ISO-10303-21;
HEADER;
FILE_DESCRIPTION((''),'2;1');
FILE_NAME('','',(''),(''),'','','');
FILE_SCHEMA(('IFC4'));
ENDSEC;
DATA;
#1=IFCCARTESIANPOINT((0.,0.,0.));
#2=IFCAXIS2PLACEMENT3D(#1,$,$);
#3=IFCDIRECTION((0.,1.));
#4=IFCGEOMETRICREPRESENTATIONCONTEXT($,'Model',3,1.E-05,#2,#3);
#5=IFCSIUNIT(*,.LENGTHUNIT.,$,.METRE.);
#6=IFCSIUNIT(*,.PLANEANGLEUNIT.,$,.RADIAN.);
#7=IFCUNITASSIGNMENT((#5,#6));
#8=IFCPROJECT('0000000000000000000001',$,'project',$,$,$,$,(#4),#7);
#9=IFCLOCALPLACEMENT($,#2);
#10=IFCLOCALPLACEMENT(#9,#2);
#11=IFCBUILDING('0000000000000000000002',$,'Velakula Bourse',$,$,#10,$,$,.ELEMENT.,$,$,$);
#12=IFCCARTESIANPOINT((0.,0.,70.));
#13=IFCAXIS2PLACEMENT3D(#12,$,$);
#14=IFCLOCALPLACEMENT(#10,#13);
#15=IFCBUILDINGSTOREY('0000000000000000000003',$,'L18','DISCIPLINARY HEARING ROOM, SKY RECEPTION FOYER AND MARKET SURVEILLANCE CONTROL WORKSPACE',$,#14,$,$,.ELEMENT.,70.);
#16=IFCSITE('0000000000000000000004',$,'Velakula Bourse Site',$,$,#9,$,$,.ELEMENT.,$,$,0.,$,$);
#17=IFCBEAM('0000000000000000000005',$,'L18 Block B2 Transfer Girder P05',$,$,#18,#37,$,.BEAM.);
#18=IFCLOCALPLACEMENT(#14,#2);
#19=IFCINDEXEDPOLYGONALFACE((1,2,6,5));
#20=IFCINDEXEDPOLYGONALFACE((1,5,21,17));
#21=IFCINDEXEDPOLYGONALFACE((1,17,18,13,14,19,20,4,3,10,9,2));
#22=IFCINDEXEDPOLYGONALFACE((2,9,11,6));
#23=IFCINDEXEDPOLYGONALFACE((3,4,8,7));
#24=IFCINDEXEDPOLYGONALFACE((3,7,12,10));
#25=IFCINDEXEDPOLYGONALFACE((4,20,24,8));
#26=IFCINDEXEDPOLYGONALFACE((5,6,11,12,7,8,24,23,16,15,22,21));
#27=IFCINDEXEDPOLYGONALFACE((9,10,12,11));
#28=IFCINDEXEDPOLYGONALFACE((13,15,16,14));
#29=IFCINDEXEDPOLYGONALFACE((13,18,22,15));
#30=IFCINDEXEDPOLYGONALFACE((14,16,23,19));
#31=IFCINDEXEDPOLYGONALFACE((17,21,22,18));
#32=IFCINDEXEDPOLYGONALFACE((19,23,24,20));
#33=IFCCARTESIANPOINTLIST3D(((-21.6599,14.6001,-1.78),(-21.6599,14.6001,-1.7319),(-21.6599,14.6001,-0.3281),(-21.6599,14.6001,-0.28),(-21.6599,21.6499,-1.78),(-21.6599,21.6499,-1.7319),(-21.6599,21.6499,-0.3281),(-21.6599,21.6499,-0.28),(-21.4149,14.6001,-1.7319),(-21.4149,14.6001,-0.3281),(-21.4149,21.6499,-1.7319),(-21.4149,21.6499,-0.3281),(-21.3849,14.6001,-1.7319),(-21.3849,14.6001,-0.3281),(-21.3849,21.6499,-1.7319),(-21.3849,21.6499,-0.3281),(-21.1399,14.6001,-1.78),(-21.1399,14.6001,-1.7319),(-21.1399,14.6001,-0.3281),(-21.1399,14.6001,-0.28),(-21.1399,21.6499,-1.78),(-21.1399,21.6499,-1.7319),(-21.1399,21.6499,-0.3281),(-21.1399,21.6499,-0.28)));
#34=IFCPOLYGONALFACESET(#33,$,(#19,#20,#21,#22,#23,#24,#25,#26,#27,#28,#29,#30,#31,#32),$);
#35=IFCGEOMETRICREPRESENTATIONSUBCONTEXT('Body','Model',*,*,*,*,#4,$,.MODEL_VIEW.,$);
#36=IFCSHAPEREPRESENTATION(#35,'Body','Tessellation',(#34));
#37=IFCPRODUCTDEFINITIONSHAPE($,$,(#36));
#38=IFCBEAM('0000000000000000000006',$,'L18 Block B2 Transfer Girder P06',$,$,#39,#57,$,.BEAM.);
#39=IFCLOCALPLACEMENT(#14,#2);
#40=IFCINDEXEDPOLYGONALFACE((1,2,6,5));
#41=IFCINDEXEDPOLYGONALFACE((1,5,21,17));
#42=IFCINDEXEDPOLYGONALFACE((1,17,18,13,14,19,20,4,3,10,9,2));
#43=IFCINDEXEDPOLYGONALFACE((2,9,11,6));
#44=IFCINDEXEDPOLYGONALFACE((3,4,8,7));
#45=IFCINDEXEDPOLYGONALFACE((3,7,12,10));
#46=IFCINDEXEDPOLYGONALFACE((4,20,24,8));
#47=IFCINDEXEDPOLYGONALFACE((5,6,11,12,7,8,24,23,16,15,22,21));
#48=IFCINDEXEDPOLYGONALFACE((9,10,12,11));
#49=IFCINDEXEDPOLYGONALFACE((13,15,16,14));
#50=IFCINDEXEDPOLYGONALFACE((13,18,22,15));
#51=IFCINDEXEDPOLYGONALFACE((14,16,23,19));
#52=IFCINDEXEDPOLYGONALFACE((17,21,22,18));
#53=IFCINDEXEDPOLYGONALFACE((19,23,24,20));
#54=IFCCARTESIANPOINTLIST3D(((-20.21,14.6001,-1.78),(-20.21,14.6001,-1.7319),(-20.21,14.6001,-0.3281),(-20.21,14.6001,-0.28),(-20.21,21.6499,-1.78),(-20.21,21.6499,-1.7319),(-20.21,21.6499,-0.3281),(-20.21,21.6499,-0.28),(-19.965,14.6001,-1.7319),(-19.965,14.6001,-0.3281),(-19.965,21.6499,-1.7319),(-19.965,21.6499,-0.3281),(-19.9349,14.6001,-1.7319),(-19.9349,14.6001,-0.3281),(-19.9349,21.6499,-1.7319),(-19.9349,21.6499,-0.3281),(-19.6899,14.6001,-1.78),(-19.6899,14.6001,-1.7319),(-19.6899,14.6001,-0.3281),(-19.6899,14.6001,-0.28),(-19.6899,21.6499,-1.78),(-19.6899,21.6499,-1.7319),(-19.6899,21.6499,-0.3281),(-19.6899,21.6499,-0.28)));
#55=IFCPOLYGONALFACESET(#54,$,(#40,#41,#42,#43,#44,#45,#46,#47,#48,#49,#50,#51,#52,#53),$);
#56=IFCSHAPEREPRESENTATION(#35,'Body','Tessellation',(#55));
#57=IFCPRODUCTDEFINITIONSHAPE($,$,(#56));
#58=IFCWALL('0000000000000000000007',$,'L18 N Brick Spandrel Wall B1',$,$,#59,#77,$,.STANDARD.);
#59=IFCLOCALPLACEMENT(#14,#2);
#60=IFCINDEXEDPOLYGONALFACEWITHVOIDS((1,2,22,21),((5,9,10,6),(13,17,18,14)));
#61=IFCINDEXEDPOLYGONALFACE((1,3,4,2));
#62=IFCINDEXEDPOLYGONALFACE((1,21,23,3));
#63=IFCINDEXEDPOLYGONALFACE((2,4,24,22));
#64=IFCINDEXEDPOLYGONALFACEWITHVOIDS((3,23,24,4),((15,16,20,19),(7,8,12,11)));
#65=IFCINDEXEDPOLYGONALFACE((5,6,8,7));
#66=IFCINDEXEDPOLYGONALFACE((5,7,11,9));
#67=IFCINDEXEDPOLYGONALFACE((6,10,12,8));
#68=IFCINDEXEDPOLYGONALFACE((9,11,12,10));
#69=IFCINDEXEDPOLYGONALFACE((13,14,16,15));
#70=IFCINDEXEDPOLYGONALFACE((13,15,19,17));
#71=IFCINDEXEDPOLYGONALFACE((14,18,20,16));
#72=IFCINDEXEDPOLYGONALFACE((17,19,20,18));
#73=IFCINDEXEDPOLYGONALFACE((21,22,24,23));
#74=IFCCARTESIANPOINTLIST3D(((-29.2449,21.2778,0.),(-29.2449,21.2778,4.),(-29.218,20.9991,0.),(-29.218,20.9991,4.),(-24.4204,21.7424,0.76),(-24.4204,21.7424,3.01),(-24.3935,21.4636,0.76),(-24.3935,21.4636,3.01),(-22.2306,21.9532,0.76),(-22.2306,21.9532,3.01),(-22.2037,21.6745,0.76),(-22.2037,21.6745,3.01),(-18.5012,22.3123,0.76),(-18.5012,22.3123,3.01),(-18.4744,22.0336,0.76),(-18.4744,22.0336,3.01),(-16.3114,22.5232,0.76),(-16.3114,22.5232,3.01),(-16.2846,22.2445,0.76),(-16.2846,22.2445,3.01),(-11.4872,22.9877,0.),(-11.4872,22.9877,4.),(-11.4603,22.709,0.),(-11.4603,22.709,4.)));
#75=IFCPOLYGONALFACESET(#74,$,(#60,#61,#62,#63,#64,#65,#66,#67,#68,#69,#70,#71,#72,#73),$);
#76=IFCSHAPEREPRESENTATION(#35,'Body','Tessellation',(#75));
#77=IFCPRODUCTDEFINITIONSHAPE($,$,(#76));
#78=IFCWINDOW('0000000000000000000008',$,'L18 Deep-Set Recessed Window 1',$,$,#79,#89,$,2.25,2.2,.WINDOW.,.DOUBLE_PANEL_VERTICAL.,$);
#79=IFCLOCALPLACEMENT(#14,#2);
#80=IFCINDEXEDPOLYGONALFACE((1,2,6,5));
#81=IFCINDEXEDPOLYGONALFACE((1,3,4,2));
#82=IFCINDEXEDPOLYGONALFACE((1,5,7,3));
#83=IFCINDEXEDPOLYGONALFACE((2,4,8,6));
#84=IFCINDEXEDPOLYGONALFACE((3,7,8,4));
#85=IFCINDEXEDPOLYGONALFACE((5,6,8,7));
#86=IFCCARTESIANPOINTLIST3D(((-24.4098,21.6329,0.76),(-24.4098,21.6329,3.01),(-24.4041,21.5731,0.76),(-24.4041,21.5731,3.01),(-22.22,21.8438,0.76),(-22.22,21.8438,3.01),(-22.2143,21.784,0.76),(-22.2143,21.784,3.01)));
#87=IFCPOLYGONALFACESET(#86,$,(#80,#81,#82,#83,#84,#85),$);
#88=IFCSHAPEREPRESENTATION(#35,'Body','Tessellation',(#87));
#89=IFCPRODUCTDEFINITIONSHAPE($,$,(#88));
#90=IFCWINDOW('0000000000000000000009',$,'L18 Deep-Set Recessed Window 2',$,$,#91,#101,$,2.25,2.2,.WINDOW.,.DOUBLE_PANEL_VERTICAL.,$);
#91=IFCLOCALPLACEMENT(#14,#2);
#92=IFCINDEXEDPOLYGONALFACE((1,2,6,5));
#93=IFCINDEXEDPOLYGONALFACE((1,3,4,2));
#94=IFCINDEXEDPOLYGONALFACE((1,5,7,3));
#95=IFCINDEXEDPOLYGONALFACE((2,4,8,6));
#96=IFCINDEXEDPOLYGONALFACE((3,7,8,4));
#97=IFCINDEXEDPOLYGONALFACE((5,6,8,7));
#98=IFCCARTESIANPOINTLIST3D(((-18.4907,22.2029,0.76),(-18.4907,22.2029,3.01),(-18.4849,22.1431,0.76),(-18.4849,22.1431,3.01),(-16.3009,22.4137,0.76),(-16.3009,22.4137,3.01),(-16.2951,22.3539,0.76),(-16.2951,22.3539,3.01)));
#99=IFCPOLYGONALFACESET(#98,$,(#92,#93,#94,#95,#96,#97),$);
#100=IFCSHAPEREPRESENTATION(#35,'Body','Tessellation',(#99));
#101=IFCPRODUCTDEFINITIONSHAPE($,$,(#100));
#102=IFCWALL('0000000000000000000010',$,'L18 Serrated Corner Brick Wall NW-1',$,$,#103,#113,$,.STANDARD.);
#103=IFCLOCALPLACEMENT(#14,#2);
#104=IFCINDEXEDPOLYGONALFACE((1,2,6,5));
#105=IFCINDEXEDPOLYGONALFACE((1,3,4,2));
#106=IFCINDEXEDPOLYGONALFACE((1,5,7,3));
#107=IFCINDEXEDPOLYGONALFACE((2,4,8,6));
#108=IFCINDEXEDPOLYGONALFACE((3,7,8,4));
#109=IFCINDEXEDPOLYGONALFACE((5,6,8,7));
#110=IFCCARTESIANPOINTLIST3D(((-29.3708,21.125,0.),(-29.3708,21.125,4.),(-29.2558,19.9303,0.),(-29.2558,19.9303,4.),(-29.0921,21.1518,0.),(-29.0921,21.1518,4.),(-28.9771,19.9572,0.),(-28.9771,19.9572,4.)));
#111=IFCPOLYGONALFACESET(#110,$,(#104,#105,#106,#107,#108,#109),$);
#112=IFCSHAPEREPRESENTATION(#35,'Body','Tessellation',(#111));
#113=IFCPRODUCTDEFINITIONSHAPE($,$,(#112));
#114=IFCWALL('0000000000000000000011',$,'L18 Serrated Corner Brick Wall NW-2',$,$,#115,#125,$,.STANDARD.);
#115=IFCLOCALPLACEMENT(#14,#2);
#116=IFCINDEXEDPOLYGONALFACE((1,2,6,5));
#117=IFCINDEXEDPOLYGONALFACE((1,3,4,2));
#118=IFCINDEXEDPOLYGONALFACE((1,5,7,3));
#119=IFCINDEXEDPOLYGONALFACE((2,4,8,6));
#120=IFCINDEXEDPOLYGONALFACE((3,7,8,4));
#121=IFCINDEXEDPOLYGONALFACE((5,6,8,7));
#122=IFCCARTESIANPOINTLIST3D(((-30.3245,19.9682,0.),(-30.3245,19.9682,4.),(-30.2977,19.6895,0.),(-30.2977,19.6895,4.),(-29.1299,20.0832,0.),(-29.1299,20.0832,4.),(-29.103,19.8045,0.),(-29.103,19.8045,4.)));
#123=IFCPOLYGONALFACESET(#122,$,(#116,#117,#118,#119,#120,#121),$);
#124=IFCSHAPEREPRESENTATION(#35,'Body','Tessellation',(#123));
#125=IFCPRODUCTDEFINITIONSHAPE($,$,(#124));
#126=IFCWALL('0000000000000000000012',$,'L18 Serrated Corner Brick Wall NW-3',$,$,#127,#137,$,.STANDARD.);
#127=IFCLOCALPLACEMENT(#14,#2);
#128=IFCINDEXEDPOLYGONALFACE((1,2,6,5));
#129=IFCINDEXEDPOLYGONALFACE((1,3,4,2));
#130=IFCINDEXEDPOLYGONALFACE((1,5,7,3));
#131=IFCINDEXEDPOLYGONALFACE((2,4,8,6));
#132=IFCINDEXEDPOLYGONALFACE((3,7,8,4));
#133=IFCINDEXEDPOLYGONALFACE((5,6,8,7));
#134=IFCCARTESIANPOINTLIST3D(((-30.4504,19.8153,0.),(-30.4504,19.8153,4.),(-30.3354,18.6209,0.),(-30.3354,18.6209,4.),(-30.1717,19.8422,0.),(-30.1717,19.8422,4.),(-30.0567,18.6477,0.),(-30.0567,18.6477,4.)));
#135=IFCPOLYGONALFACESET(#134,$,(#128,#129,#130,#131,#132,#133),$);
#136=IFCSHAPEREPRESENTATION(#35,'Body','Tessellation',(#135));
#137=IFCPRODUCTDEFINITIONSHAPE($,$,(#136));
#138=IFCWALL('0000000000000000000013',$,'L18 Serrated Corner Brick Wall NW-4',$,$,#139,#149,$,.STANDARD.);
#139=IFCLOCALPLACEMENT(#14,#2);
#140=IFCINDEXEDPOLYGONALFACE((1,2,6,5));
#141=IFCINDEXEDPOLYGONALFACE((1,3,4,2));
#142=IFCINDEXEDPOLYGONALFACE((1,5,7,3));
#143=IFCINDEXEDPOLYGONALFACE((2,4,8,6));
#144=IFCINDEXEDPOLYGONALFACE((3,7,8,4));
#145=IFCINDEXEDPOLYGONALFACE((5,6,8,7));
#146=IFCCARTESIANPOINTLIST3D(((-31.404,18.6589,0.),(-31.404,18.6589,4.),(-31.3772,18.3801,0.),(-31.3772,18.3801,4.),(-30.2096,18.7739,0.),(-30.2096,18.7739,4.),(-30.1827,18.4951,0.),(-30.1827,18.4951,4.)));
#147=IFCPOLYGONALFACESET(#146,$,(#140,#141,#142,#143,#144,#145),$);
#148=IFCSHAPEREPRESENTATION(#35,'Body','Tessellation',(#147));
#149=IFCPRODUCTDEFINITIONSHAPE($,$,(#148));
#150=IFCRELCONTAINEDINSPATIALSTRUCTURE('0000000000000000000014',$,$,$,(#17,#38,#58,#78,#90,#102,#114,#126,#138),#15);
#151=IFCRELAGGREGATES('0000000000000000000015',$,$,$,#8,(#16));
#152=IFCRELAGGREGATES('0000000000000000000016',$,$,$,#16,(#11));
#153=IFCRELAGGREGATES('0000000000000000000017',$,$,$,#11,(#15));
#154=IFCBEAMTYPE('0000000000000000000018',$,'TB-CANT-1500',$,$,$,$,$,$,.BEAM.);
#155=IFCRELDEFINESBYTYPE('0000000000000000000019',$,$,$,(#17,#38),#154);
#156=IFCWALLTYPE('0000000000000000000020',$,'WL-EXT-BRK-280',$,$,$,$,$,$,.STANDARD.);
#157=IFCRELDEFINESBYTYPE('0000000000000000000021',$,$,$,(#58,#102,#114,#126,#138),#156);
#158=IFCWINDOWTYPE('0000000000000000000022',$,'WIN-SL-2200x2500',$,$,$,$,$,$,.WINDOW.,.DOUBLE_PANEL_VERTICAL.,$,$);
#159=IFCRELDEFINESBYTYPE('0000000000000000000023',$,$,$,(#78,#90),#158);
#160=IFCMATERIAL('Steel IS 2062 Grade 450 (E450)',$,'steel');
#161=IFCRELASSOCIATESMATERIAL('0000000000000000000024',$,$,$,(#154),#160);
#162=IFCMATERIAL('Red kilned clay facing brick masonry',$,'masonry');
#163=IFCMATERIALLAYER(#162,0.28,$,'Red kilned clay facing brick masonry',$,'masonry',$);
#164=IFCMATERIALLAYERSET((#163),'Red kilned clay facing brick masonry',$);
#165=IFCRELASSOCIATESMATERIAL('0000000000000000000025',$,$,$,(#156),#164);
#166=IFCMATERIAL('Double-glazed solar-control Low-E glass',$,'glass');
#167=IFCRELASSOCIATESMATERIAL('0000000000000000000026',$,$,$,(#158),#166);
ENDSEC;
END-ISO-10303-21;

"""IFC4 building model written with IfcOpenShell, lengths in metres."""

from ifc_helpers import new_model, si_unit, direction, frame, frame_2d, origin, origin_2d, place, context, subcontext, project, spatial, rectangle, i_section, extrude, material, layer, layer_set, material_profile, profile_set, type_object, element, fill, save


model = new_model("IFC4")

# Units and contexts
model_context = context("Model", 3, precision=1e-05, world=origin(), true_north=direction((0.0, 1.0)))
body_context = subcontext(model_context, "Body", "Model", "MODEL_VIEW")
ifc_project = project(units=[si_unit("LENGTHUNIT", "METRE"), si_unit("PLANEANGLEUNIT", "RADIAN")], contexts=[model_context])

# Site, building, storey
site_placement = place(None, origin())
site = spatial("IfcSite", under=ifc_project, at=site_placement, Name="Velakula Bourse Site", CompositionType="ELEMENT", RefElevation=0.0)
building_placement = place(site_placement, origin())
building = spatial("IfcBuilding", under=site, at=building_placement, Name="Velakula Bourse", CompositionType="ELEMENT")
storey_placement = place(building_placement, frame((0.0, 0.0, 70.0)))
storey = spatial("IfcBuildingStorey", under=building, at=storey_placement, Name="L18", Description="DISCIPLINARY HEARING ROOM, SKY RECEPTION FOYER AND MARKET SURVEILLANCE CONTROL WORKSPACE", CompositionType="ELEMENT", Elevation=70.0)

# Shared definitions
ifc_material_1 = material(Name="Steel IS 2062 Grade 450 (E450)", Category="steel")

# Beams
ifc_material_profile_1 = material_profile(ifc_material_1, i_section(OverallWidth=0.52, OverallDepth=1.5, WebThickness=0.03, FlangeThickness=0.0481, at=origin_2d()), Name="Steel IS 2062 Grade 450 (E450)")
ifc_profile_set_1 = profile_set([ifc_material_profile_1], Name="Steel IS 2062 Grade 450 (E450)")
beam_type_1 = type_object("IfcBeamType", Name="TB-CANT-1500", PredefinedType="BEAM", material=ifc_profile_set_1)
for number, where, z_axis, x_axis, name in (
    (1, (-21.3999, 14.6001, -1.03), (0.0, 1.0, 0.0), (-1.0, 0.0, 0.0), "L18 Block B2 Transfer Girder P05"),
    (2, (-19.95, 14.6001, -1.03), (0.0, 1.0, 0.0), (-1.0, 0.0, 0.0), "L18 Block B2 Transfer Girder P06"),
):
    element("IfcBeam", number, at=place(storey_placement, frame(where, z_axis=z_axis, x_axis=x_axis)), inside=storey, type_object=beam_type_1, Name=name, PredefinedType="BEAM", context=body_context, shape_type="SweptSolid", body=[
        extrude(i_section(OverallWidth=0.52, OverallDepth=1.5, WebThickness=0.03, FlangeThickness=0.0481, at=origin_2d()), origin(), (0.0, 0.0, 1.0), 7.0498),
    ])

# Wall, openings, windows
ifc_material_2 = material(Name="Red kilned clay facing brick masonry", Category="masonry")
ifc_layer = layer(ifc_material_2, 0.28, Name="Red kilned clay facing brick masonry", Category="masonry")
ifc_layer_set = layer_set([ifc_layer], Name="Red kilned clay facing brick masonry")
wall_type = type_object("IfcWallType", Name="WL-EXT-BRK-280", PredefinedType="STANDARD", material=ifc_layer_set)
wall_placement = place(storey_placement, frame((-29.2314, 21.1384, 0.0), z_axis=(0.0, 0.0, 1.0), x_axis=(0.995396, 0.09585, 0.0)))
wall = element("IfcWall", 3, at=wall_placement, inside=storey, type_object=wall_type, Name="L18 N Brick Spandrel Wall B1", PredefinedType="STANDARD", context=body_context, shape_type="SweptSolid", body=[
    extrude(rectangle(XDim=17.8398, YDim=0.28, at=frame_2d((8.9199, 0.0))), origin(), (0.0, 0.0, 1.0), 4.0),
])
opening_1_placement = place(wall_placement, frame((4.8467, 0.0, 0.76)))
opening_1 = element("IfcOpeningElement", 4, at=opening_1_placement, cuts=wall, PredefinedType="OPENING", context=body_context, shape_type="SweptSolid", body=[
    extrude(rectangle(XDim=2.2, YDim=2.25, at=frame_2d((1.1001, 1.125))), frame((0.0, 0.1499, 0.0), z_axis=(0.0, -1.0, 0.0), x_axis=(1.0, 0.0, 0.0)), (0.0, 0.0, 1.0), 0.3),
])
opening_2_placement = place(wall_placement, frame((10.7932, 0.0, 0.76)))
opening_2 = element("IfcOpeningElement", 5, at=opening_2_placement, cuts=wall, PredefinedType="OPENING", context=body_context, shape_type="SweptSolid", body=[
    extrude(rectangle(XDim=2.2, YDim=2.25, at=frame_2d((1.1001, 1.125))), frame((0.0, 0.1499, 0.0), z_axis=(0.0, -1.0, 0.0), x_axis=(1.0, 0.0, 0.0)), (0.0, 0.0, 1.0), 0.3),
])
ifc_material_3 = material(Name="Double-glazed solar-control Low-E glass", Category="glass")
window_type = type_object("IfcWindowType", Name="WIN-SL-2200x2500", PartitioningType="DOUBLE_PANEL_VERTICAL", PredefinedType="WINDOW", material=ifc_material_3)
window_1_placement = place(opening_1_placement, origin())
window_1 = element("IfcWindow", 6, at=window_1_placement, inside=storey, type_object=window_type, Name="L18 Deep-Set Recessed Window 1", OverallHeight=2.25, OverallWidth=2.2, PartitioningType="DOUBLE_PANEL_VERTICAL", PredefinedType="WINDOW", context=body_context, shape_type="SweptSolid", body=[
    extrude(rectangle(XDim=2.2, YDim=2.25, at=frame_2d((1.1001, 1.125))), frame((0.0, 0.03, 0.0), z_axis=(0.0, -1.0, 0.0), x_axis=(1.0, 0.0, 0.0)), (0.0, 0.0, 1.0), 0.0601),
])
fill(opening_1, window_1)
window_2_placement = place(opening_2_placement, origin())
window_2 = element("IfcWindow", 7, at=window_2_placement, inside=storey, type_object=window_type, Name="L18 Deep-Set Recessed Window 2", OverallHeight=2.25, OverallWidth=2.2, PartitioningType="DOUBLE_PANEL_VERTICAL", PredefinedType="WINDOW", context=body_context, shape_type="SweptSolid", body=[
    extrude(rectangle(XDim=2.2, YDim=2.25, at=frame_2d((1.1001, 1.125))), frame((0.0, 0.03, 0.0), z_axis=(0.0, -1.0, 0.0), x_axis=(1.0, 0.0, 0.0)), (0.0, 0.0, 1.0), 0.0601),
])
fill(opening_2, window_2)

# Walls
for number, where, z_axis, x_axis, name in (
    (8, (-29.2314, 21.1384, 0.0), (0.0, 0.0, 1.0), (0.095817, -0.995399, 0.0), "L18 Serrated Corner Brick Wall NW-1"),
    (9, (-29.1165, 19.9438, 0.0), (0.0, 0.0, 1.0), (-0.995399, -0.095817, 0.0), "L18 Serrated Corner Brick Wall NW-2"),
):
    element("IfcWall", number, at=place(storey_placement, frame(where, z_axis=z_axis, x_axis=x_axis)), inside=storey, type_object=wall_type, Name=name, PredefinedType="STANDARD", context=body_context, shape_type="SweptSolid", body=[
        extrude(rectangle(XDim=1.2002, YDim=0.28, at=frame_2d((0.6001, 0.0))), origin(), (0.0, 0.0, 1.0), 4.0),
    ])
for number, where, z_axis, x_axis, name in (
    (10, (-30.311, 19.8289, 0.0), (0.0, 0.0, 1.0), (0.095836, -0.995397, 0.0), "L18 Serrated Corner Brick Wall NW-3"),
    (11, (-30.196, 18.6345, 0.0), (0.0, 0.0, 1.0), (-0.995397, -0.095836, 0.0), "L18 Serrated Corner Brick Wall NW-4"),
):
    element("IfcWall", number, at=place(storey_placement, frame(where, z_axis=z_axis, x_axis=x_axis)), inside=storey, type_object=wall_type, Name=name, PredefinedType="STANDARD", context=body_context, shape_type="SweptSolid", body=[
        extrude(rectangle(XDim=1.2, YDim=0.28, at=frame_2d((0.6001, 0.0))), origin(), (0.0, 0.0, 1.0), 4.0),
    ])

save(model, "model.ifc")
